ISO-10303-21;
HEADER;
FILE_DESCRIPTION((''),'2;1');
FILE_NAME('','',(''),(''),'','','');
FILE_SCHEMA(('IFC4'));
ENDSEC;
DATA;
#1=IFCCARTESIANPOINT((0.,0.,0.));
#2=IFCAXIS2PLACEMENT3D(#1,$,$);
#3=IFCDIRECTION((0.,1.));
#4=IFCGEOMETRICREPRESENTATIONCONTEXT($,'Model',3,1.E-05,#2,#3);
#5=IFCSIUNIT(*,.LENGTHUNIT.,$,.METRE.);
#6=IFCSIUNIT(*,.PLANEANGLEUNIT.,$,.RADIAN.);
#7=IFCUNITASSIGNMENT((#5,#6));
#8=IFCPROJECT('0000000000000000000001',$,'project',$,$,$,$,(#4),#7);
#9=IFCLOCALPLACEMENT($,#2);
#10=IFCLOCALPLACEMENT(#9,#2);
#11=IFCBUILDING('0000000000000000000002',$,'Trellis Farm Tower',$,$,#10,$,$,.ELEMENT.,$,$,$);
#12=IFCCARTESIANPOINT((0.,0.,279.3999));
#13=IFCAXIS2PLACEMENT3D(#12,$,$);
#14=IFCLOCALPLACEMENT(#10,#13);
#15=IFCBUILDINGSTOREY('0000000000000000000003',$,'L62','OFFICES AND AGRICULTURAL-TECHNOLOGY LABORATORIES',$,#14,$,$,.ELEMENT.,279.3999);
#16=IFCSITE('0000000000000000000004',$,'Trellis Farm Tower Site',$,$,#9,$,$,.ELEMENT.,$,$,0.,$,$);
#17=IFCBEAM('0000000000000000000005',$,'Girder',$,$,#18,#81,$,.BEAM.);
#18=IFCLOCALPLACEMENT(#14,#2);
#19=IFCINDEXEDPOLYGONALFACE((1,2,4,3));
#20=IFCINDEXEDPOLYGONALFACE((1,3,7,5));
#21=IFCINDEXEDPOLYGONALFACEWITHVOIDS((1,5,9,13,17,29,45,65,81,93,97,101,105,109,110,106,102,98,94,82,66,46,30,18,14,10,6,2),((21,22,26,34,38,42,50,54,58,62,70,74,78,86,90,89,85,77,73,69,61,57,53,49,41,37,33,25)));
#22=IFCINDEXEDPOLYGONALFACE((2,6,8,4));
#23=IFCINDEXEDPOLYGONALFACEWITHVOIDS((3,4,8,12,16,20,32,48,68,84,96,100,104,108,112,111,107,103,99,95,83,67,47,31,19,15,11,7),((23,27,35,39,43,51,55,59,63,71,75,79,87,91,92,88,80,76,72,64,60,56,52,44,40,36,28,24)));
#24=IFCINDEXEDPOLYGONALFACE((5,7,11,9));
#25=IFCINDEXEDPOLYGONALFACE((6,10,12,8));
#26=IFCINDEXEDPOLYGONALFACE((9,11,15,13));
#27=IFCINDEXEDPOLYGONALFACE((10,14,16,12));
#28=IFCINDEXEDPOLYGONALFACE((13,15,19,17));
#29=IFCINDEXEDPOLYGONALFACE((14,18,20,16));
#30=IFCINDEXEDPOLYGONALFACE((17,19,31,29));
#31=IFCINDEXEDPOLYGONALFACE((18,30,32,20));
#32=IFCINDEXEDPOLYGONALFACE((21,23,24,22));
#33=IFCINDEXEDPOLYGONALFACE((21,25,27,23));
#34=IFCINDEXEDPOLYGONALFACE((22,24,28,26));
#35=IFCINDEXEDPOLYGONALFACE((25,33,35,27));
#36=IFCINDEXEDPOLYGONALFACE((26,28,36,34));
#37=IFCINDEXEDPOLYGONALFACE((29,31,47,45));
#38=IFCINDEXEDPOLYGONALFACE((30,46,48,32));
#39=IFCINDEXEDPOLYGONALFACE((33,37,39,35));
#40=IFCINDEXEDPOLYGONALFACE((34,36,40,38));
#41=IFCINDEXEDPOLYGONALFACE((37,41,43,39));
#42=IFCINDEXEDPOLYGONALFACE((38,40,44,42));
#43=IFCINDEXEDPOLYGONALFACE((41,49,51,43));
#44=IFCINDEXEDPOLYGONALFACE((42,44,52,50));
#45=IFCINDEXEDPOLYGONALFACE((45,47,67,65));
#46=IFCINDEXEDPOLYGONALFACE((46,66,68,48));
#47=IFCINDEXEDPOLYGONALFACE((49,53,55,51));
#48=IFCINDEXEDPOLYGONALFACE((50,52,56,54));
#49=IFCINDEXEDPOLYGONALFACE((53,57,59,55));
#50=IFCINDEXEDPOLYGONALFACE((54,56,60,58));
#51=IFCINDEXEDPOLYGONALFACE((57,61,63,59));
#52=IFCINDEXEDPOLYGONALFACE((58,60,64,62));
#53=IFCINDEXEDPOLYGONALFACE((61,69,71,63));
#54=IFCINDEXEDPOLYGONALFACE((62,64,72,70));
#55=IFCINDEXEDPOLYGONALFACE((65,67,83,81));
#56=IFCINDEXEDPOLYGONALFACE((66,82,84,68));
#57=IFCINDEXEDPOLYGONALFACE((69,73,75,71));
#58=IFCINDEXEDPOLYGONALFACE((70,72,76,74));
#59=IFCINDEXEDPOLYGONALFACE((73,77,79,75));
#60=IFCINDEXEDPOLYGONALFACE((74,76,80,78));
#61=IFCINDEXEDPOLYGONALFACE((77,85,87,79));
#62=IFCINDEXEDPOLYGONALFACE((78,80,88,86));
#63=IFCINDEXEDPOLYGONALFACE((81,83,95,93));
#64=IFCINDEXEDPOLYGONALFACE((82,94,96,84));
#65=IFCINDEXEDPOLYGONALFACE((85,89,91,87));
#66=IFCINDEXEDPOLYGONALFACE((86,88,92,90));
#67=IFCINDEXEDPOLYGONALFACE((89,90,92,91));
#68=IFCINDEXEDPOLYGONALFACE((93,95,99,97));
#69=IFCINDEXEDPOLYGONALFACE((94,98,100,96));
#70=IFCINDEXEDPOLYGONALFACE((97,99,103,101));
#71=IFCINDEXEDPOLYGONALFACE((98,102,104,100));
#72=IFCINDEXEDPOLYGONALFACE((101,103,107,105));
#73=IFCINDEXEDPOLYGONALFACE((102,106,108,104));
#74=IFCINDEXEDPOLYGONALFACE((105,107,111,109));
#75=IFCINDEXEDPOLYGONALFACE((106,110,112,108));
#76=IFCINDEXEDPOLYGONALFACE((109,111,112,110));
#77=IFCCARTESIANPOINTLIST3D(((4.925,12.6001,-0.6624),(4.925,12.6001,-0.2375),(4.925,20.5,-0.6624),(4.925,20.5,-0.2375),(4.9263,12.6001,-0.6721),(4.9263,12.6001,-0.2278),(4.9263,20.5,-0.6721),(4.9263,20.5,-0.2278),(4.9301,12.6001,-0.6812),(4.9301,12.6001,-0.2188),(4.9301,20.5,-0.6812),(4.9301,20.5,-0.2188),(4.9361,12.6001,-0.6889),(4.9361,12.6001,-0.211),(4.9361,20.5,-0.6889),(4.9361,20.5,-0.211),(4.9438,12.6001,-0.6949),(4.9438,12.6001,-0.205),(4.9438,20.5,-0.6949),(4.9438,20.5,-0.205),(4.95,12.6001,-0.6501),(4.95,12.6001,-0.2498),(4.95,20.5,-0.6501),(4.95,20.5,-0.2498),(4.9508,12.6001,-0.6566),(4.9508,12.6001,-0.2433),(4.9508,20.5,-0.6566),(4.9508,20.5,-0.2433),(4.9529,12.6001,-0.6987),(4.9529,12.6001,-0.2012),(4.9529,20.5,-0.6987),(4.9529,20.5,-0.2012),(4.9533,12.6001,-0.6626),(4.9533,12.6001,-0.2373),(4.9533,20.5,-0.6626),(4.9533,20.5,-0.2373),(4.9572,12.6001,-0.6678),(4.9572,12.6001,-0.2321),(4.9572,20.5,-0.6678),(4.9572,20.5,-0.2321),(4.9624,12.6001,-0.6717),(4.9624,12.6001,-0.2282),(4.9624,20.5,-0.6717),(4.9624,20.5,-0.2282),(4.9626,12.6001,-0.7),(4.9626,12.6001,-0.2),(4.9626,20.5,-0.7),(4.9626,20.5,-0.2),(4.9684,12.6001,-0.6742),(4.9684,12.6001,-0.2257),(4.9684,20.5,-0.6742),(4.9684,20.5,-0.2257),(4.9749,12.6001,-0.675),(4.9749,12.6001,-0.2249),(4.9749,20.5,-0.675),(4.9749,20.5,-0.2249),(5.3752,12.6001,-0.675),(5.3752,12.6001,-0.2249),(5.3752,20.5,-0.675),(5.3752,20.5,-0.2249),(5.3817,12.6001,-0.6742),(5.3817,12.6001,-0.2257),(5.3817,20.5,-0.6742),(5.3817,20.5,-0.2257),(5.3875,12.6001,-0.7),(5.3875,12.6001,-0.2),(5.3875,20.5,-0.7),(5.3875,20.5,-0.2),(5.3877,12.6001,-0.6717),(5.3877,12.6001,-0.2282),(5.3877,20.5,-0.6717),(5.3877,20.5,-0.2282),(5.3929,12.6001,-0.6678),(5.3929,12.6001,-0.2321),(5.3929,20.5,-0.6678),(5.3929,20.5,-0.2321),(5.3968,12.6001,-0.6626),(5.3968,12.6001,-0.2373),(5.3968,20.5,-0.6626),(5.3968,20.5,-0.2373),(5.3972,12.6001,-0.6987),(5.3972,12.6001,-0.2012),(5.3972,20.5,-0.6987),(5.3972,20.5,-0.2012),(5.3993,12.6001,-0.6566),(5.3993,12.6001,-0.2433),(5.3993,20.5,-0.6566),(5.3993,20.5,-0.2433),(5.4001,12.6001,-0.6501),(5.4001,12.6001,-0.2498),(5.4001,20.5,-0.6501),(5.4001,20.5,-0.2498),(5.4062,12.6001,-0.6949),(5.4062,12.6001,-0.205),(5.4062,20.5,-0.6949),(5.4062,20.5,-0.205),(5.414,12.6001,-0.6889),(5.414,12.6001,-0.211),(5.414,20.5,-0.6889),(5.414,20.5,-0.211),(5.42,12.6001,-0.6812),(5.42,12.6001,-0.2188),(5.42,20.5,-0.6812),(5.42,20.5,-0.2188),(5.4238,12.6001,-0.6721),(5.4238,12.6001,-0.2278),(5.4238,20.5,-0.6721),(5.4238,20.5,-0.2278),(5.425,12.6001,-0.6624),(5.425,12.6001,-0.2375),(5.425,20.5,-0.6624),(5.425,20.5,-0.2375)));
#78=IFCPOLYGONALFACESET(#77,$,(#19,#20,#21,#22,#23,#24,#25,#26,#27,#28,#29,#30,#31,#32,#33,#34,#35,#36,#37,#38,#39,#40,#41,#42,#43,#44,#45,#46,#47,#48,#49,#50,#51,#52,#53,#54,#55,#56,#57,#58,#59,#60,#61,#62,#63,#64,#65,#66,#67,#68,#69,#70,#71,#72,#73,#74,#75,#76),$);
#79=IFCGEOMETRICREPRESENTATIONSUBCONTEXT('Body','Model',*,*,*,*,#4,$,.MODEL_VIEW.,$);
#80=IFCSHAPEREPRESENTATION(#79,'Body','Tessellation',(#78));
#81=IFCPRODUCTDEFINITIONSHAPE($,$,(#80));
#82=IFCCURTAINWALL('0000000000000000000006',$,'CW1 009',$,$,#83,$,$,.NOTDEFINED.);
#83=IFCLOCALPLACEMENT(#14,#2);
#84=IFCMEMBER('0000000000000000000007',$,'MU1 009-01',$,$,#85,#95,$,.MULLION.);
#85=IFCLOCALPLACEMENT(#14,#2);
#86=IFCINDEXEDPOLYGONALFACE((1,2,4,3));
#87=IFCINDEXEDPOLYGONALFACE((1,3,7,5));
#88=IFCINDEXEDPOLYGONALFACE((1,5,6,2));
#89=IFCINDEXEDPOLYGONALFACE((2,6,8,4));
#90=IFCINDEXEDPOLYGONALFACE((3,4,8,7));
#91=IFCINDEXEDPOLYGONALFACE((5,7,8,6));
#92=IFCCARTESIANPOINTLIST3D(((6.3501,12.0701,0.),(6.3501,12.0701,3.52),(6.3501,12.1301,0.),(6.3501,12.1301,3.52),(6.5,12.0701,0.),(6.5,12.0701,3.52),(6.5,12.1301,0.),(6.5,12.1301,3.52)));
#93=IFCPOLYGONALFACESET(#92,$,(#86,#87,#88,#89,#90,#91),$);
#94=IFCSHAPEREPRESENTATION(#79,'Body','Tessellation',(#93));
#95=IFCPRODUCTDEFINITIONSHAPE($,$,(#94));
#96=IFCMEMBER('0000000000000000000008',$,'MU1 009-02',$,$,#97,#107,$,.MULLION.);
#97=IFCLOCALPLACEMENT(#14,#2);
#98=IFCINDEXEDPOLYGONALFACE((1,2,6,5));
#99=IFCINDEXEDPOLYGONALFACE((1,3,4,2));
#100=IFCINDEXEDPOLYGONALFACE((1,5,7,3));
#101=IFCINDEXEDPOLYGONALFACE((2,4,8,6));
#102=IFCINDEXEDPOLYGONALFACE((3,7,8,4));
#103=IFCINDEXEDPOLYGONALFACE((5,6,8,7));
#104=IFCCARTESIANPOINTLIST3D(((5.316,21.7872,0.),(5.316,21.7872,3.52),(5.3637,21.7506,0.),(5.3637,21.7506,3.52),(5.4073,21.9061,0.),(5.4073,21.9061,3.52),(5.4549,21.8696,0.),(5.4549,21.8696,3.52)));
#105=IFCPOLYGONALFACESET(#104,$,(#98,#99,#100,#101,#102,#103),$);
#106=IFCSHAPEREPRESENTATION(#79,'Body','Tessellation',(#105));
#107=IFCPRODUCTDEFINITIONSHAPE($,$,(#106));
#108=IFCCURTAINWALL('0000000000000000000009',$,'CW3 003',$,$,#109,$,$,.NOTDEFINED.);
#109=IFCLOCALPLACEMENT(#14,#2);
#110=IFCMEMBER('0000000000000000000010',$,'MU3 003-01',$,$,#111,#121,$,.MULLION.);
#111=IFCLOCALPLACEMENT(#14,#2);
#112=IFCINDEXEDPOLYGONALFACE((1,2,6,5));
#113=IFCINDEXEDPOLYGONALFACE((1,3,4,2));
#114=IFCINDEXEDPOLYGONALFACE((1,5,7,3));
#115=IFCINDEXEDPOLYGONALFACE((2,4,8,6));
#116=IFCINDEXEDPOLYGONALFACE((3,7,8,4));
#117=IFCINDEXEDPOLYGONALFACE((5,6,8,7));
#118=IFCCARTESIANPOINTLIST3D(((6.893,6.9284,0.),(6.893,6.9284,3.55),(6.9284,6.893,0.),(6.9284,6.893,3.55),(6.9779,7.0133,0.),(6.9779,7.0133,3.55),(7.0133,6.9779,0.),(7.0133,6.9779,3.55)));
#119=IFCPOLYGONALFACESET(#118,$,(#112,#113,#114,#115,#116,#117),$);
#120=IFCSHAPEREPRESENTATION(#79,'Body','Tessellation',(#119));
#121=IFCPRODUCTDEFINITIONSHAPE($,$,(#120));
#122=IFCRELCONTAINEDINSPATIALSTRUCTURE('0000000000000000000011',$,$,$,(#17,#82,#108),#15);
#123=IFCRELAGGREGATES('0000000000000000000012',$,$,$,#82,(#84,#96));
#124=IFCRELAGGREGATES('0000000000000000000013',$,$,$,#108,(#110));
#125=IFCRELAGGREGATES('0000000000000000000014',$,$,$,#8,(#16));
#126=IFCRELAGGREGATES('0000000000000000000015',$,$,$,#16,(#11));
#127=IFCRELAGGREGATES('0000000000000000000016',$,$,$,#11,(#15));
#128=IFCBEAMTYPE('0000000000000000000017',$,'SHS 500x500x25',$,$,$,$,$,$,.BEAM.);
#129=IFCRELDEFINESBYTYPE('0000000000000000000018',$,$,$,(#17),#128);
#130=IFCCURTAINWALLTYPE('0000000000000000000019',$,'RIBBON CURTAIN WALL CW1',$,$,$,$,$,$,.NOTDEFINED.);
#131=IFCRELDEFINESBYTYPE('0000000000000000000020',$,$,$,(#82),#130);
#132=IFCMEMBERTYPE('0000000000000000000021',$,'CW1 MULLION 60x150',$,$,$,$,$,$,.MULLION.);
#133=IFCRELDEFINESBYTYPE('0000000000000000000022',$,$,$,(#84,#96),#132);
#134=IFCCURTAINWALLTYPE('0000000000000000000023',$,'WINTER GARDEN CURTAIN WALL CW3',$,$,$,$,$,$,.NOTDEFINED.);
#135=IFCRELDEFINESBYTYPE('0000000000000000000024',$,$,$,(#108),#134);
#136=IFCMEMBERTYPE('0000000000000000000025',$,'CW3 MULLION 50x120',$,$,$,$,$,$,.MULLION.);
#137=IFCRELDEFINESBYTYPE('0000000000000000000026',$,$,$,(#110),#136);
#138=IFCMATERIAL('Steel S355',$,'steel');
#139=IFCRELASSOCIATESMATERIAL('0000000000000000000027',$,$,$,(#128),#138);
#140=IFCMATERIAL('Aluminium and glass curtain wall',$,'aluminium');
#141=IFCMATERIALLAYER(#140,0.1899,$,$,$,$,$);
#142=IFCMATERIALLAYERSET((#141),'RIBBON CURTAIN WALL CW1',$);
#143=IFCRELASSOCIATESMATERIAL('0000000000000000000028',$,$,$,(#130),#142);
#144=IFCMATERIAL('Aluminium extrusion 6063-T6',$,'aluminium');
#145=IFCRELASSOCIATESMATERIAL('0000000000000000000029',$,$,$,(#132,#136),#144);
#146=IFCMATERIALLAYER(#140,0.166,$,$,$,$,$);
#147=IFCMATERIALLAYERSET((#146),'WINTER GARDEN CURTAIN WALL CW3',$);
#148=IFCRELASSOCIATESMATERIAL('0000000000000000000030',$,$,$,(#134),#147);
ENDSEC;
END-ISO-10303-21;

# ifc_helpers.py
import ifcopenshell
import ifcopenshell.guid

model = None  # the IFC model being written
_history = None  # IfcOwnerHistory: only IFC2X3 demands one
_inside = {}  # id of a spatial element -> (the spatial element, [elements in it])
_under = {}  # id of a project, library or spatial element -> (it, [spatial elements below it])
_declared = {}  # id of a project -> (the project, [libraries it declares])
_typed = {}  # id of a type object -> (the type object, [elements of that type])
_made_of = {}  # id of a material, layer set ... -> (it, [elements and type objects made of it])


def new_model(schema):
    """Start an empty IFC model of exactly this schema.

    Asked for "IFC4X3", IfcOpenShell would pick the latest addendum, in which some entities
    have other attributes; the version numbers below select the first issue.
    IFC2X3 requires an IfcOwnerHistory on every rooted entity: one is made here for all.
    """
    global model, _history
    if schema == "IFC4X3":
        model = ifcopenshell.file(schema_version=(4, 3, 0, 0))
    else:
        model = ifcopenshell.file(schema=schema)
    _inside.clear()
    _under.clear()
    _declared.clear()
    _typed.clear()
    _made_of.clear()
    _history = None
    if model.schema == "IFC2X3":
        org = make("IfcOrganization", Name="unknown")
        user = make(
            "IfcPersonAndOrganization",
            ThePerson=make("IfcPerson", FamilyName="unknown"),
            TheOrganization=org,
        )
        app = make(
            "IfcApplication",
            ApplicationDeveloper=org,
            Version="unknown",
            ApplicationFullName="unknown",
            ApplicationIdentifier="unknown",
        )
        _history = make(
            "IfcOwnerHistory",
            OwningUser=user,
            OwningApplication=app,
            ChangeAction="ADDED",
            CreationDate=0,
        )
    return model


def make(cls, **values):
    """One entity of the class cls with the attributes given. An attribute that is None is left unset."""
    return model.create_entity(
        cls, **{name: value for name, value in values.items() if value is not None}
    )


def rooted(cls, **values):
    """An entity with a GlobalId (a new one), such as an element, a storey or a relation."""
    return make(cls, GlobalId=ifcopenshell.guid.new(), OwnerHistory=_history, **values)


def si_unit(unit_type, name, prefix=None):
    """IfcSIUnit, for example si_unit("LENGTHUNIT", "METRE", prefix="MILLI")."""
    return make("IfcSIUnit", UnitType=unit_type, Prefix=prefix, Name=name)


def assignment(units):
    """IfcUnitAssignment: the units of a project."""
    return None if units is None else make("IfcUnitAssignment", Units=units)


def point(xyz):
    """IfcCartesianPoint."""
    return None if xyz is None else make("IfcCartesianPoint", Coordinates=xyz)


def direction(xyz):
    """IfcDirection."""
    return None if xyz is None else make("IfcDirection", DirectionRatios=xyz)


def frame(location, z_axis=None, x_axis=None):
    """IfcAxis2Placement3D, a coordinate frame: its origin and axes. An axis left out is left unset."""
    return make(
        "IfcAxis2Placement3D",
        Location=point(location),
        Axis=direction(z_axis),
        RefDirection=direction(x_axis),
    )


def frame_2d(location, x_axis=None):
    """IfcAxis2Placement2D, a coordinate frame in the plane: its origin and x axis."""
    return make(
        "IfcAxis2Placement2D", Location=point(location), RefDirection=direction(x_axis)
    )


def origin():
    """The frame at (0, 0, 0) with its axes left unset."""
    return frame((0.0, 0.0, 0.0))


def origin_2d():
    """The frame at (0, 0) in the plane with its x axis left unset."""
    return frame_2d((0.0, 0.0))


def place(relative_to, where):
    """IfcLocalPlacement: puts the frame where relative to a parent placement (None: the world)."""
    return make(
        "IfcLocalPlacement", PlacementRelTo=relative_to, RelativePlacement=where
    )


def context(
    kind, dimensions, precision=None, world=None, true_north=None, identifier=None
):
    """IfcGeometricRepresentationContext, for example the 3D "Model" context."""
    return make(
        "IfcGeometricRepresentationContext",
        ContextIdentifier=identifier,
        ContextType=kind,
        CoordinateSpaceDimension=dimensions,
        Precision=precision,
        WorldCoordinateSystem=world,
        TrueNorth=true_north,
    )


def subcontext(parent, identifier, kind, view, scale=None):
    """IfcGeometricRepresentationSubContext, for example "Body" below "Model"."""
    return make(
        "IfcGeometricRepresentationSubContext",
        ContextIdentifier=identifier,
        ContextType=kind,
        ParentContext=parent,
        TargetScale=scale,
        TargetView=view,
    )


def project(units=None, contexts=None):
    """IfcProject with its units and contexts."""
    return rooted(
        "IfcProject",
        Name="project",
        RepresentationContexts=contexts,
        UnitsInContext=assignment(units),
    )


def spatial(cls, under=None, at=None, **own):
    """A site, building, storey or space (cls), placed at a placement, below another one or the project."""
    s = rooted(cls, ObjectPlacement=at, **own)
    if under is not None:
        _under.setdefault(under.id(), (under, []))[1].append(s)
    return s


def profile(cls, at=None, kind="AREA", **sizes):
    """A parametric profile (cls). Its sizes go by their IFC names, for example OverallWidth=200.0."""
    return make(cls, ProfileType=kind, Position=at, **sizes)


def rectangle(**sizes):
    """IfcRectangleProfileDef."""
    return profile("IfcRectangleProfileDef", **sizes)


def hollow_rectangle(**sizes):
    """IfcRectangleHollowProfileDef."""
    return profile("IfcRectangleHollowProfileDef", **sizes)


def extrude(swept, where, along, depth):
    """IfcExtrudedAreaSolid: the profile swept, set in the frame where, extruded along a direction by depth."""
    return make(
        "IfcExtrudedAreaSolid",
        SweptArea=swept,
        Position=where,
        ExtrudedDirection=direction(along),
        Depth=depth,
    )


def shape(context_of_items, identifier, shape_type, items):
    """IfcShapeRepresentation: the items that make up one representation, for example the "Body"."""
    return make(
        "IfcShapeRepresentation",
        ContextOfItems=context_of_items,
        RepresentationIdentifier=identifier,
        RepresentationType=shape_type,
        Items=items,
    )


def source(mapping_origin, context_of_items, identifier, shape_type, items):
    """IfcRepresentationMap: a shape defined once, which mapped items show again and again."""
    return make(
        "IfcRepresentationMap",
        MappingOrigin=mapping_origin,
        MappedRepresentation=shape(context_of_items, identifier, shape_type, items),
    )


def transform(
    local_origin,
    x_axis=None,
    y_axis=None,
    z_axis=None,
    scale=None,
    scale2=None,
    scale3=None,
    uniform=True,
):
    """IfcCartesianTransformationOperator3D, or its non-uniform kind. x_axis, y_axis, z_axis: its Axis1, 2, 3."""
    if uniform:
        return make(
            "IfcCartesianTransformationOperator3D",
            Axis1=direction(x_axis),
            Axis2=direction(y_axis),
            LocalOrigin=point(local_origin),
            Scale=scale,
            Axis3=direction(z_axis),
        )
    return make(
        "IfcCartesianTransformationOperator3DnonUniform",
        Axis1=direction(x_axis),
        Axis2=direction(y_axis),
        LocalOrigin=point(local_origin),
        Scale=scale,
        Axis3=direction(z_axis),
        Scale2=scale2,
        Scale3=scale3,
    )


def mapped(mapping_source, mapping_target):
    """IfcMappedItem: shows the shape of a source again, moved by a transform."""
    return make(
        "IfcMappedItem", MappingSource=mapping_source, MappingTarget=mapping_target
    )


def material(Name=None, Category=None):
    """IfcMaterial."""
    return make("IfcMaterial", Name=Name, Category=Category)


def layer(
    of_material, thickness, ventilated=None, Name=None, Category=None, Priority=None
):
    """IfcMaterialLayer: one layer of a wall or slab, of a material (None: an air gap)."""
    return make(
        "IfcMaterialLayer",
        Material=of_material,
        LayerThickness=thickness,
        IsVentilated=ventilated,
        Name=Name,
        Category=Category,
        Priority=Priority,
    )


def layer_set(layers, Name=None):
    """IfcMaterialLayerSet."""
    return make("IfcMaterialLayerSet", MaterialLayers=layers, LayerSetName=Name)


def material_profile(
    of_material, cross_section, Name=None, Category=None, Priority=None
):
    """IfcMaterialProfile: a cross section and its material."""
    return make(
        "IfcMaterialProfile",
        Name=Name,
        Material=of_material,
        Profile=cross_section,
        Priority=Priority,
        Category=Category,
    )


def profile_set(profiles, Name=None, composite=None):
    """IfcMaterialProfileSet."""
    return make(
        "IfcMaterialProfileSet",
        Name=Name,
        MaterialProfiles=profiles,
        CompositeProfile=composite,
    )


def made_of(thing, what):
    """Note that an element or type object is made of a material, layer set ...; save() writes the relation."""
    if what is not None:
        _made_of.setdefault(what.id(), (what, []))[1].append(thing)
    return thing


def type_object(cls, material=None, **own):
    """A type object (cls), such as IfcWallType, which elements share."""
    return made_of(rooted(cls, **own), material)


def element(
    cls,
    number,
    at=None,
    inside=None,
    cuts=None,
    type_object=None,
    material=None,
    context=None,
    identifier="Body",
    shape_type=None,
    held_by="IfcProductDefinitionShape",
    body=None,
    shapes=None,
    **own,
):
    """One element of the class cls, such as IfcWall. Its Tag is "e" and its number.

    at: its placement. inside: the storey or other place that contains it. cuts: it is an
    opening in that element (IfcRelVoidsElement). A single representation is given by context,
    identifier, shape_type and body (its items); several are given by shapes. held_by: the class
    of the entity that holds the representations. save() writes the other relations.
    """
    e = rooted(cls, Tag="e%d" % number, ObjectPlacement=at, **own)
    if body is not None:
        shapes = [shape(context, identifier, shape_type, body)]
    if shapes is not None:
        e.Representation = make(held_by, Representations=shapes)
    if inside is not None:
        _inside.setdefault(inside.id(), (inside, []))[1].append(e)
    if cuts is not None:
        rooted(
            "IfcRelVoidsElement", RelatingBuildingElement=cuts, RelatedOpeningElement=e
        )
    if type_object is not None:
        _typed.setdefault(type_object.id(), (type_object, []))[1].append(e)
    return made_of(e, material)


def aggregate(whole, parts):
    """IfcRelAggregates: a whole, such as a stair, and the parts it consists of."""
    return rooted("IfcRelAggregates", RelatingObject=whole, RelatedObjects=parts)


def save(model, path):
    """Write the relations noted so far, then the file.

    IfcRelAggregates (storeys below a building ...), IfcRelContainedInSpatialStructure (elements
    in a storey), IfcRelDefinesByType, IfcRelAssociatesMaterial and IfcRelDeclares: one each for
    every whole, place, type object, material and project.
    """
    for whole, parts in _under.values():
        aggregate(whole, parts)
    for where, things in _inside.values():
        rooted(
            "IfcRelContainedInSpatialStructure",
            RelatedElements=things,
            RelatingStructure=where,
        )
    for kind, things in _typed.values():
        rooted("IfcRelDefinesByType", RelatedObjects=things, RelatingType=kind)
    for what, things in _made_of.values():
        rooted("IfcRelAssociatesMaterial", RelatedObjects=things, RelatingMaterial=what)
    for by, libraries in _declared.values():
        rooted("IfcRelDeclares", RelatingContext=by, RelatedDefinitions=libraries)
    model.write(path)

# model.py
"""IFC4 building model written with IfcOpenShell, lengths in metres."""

from ifc_helpers import new_model, si_unit, direction, frame, origin, origin_2d, place, context, subcontext, project, spatial, rectangle, hollow_rectangle, extrude, source, transform, mapped, material, layer, layer_set, material_profile, profile_set, type_object, element, aggregate, save


model = new_model("IFC4")

# Units and contexts
model_context = context("Model", 3, precision=1e-05, world=origin(), true_north=direction((0.0, 1.0)))
body_context = subcontext(model_context, "Body", "Model", "MODEL_VIEW")
ifc_project = project(units=[si_unit("LENGTHUNIT", "METRE"), si_unit("PLANEANGLEUNIT", "RADIAN")], contexts=[model_context])

# Site, building, storey
site_placement = place(None, origin())
site = spatial("IfcSite", under=ifc_project, at=site_placement, Name="Trellis Farm Tower Site", CompositionType="ELEMENT", RefElevation=0.0)
building_placement = place(site_placement, origin())
building = spatial("IfcBuilding", under=site, at=building_placement, Name="Trellis Farm Tower", CompositionType="ELEMENT")
storey_placement = place(building_placement, frame((0.0, 0.0, 279.3999)))
storey = spatial("IfcBuildingStorey", under=building, at=storey_placement, Name="L62", Description="OFFICES AND AGRICULTURAL-TECHNOLOGY LABORATORIES", CompositionType="ELEMENT", Elevation=279.3999)

# Beam
ifc_material_1 = material(Name="Steel S355", Category="steel")
ifc_material_profile_1 = material_profile(ifc_material_1, hollow_rectangle(XDim=0.5, YDim=0.5, WallThickness=0.0249, InnerFilletRadius=0.0249, OuterFilletRadius=0.0376, at=origin_2d()), Name="SHS 500x500x25")
ifc_profile_set_1 = profile_set([ifc_material_profile_1], Name="Steel S355")
beam_type = type_object("IfcBeamType", Name="SHS 500x500x25", PredefinedType="BEAM", material=ifc_profile_set_1)
shared_shape_1 = source(origin(), body_context, "Body", "SweptSolid", [
    extrude(hollow_rectangle(XDim=0.5, YDim=0.5, WallThickness=0.0249, InnerFilletRadius=0.0249, OuterFilletRadius=0.0376, at=origin_2d()), origin(), (0.0, 0.0, 1.0), 7.8999),
])
beam_placement = place(storey_placement, frame((5.175, 12.6001, -0.45), z_axis=(0.0, 1.0, 0.0), x_axis=(-1.0, 0.0, 0.0)))
element("IfcBeam", 1, at=beam_placement, inside=storey, type_object=beam_type, Name="Girder", PredefinedType="BEAM", context=body_context, shape_type="MappedRepresentation", body=[
    mapped(shared_shape_1, transform((0.0, 0.0, 0.0))),
])

# Curtain wall, members
ifc_material_2 = material(Name="Aluminium and glass curtain wall", Category="aluminium")
ifc_layer_1 = layer(ifc_material_2, 0.1899)
ifc_layer_set_1 = layer_set([ifc_layer_1], Name="RIBBON CURTAIN WALL CW1")
curtain_wall_type_1 = type_object("IfcCurtainWallType", Name="RIBBON CURTAIN WALL CW1", PredefinedType="NOTDEFINED", material=ifc_layer_set_1)
placement = place(storey_placement, origin())
curtain_wall_1 = element("IfcCurtainWall", 2, at=placement, inside=storey, type_object=curtain_wall_type_1, Name="CW1 009", PredefinedType="NOTDEFINED")
ifc_material_3 = material(Name="Aluminium extrusion 6063-T6", Category="aluminium")
ifc_material_profile_2 = material_profile(ifc_material_3, rectangle(XDim=0.0601, YDim=0.1499, at=origin_2d()), Name="MULLION 60x150")
ifc_profile_set_2 = profile_set([ifc_material_profile_2], Name="Aluminium extrusion 6063-T6")
member_type_1 = type_object("IfcMemberType", Name="CW1 MULLION 60x150", PredefinedType="MULLION", material=ifc_profile_set_2)
shared_shape_2 = source(origin(), body_context, "Body", "SweptSolid", [
    extrude(rectangle(XDim=0.0601, YDim=0.1499, at=origin_2d()), origin(), (0.0, 0.0, 1.0), 3.52),
])
member_1_placement = place(storey_placement, frame((6.425, 12.1001, 0.0), z_axis=(0.0, 0.0, 1.0), x_axis=(0.0, 1.0, 0.0)))
member_1 = element("IfcMember", 3, at=member_1_placement, type_object=member_type_1, Name="MU1 009-01", PredefinedType="MULLION", context=body_context, shape_type="MappedRepresentation", body=[
    mapped(shared_shape_2, transform((0.0, 0.0, 0.0))),
])
member_2_placement = place(storey_placement, frame((5.3855, 21.8284, 0.0), z_axis=(0.0, 0.0, 1.0), x_axis=(-0.793353, 0.608761, 0.0)))
member_2 = element("IfcMember", 4, at=member_2_placement, type_object=member_type_1, Name="MU1 009-02", PredefinedType="MULLION", context=body_context, shape_type="MappedRepresentation", body=[
    mapped(shared_shape_2, transform((0.0, 0.0, 0.0))),
])
aggregate(curtain_wall_1, [member_1, member_2])

# Curtain wall, member
ifc_layer_2 = layer(ifc_material_2, 0.166)
ifc_layer_set_2 = layer_set([ifc_layer_2], Name="WINTER GARDEN CURTAIN WALL CW3")
curtain_wall_type_2 = type_object("IfcCurtainWallType", Name="WINTER GARDEN CURTAIN WALL CW3", PredefinedType="NOTDEFINED", material=ifc_layer_set_2)
curtain_wall_2 = element("IfcCurtainWall", 5, at=placement, inside=storey, type_object=curtain_wall_type_2, Name="CW3 003", PredefinedType="NOTDEFINED")
ifc_material_profile_3 = material_profile(ifc_material_3, rectangle(XDim=0.05, YDim=0.1201, at=origin_2d()), Name="MULLION 50x120")
ifc_profile_set_3 = profile_set([ifc_material_profile_3], Name="Aluminium extrusion 6063-T6")
member_type_2 = type_object("IfcMemberType", Name="CW3 MULLION 50x120", PredefinedType="MULLION", material=ifc_profile_set_3)
shared_shape_3 = source(origin(), body_context, "Body", "SweptSolid", [
    extrude(rectangle(XDim=0.05, YDim=0.1201, at=origin_2d()), origin(), (0.0, 0.0, 1.0), 3.55),
])
member_3_placement = place(storey_placement, frame((6.9531, 6.9531, 0.0), z_axis=(0.0, 0.0, 1.0), x_axis=(-0.707107, 0.707107, 0.0)))
member_3 = element("IfcMember", 6, at=member_3_placement, type_object=member_type_2, Name="MU3 003-01", PredefinedType="MULLION", context=body_context, shape_type="MappedRepresentation", body=[
    mapped(shared_shape_3, transform((0.0, 0.0, 0.0))),
])
aggregate(curtain_wall_2, [member_3])

save(model, "model.ifc")
